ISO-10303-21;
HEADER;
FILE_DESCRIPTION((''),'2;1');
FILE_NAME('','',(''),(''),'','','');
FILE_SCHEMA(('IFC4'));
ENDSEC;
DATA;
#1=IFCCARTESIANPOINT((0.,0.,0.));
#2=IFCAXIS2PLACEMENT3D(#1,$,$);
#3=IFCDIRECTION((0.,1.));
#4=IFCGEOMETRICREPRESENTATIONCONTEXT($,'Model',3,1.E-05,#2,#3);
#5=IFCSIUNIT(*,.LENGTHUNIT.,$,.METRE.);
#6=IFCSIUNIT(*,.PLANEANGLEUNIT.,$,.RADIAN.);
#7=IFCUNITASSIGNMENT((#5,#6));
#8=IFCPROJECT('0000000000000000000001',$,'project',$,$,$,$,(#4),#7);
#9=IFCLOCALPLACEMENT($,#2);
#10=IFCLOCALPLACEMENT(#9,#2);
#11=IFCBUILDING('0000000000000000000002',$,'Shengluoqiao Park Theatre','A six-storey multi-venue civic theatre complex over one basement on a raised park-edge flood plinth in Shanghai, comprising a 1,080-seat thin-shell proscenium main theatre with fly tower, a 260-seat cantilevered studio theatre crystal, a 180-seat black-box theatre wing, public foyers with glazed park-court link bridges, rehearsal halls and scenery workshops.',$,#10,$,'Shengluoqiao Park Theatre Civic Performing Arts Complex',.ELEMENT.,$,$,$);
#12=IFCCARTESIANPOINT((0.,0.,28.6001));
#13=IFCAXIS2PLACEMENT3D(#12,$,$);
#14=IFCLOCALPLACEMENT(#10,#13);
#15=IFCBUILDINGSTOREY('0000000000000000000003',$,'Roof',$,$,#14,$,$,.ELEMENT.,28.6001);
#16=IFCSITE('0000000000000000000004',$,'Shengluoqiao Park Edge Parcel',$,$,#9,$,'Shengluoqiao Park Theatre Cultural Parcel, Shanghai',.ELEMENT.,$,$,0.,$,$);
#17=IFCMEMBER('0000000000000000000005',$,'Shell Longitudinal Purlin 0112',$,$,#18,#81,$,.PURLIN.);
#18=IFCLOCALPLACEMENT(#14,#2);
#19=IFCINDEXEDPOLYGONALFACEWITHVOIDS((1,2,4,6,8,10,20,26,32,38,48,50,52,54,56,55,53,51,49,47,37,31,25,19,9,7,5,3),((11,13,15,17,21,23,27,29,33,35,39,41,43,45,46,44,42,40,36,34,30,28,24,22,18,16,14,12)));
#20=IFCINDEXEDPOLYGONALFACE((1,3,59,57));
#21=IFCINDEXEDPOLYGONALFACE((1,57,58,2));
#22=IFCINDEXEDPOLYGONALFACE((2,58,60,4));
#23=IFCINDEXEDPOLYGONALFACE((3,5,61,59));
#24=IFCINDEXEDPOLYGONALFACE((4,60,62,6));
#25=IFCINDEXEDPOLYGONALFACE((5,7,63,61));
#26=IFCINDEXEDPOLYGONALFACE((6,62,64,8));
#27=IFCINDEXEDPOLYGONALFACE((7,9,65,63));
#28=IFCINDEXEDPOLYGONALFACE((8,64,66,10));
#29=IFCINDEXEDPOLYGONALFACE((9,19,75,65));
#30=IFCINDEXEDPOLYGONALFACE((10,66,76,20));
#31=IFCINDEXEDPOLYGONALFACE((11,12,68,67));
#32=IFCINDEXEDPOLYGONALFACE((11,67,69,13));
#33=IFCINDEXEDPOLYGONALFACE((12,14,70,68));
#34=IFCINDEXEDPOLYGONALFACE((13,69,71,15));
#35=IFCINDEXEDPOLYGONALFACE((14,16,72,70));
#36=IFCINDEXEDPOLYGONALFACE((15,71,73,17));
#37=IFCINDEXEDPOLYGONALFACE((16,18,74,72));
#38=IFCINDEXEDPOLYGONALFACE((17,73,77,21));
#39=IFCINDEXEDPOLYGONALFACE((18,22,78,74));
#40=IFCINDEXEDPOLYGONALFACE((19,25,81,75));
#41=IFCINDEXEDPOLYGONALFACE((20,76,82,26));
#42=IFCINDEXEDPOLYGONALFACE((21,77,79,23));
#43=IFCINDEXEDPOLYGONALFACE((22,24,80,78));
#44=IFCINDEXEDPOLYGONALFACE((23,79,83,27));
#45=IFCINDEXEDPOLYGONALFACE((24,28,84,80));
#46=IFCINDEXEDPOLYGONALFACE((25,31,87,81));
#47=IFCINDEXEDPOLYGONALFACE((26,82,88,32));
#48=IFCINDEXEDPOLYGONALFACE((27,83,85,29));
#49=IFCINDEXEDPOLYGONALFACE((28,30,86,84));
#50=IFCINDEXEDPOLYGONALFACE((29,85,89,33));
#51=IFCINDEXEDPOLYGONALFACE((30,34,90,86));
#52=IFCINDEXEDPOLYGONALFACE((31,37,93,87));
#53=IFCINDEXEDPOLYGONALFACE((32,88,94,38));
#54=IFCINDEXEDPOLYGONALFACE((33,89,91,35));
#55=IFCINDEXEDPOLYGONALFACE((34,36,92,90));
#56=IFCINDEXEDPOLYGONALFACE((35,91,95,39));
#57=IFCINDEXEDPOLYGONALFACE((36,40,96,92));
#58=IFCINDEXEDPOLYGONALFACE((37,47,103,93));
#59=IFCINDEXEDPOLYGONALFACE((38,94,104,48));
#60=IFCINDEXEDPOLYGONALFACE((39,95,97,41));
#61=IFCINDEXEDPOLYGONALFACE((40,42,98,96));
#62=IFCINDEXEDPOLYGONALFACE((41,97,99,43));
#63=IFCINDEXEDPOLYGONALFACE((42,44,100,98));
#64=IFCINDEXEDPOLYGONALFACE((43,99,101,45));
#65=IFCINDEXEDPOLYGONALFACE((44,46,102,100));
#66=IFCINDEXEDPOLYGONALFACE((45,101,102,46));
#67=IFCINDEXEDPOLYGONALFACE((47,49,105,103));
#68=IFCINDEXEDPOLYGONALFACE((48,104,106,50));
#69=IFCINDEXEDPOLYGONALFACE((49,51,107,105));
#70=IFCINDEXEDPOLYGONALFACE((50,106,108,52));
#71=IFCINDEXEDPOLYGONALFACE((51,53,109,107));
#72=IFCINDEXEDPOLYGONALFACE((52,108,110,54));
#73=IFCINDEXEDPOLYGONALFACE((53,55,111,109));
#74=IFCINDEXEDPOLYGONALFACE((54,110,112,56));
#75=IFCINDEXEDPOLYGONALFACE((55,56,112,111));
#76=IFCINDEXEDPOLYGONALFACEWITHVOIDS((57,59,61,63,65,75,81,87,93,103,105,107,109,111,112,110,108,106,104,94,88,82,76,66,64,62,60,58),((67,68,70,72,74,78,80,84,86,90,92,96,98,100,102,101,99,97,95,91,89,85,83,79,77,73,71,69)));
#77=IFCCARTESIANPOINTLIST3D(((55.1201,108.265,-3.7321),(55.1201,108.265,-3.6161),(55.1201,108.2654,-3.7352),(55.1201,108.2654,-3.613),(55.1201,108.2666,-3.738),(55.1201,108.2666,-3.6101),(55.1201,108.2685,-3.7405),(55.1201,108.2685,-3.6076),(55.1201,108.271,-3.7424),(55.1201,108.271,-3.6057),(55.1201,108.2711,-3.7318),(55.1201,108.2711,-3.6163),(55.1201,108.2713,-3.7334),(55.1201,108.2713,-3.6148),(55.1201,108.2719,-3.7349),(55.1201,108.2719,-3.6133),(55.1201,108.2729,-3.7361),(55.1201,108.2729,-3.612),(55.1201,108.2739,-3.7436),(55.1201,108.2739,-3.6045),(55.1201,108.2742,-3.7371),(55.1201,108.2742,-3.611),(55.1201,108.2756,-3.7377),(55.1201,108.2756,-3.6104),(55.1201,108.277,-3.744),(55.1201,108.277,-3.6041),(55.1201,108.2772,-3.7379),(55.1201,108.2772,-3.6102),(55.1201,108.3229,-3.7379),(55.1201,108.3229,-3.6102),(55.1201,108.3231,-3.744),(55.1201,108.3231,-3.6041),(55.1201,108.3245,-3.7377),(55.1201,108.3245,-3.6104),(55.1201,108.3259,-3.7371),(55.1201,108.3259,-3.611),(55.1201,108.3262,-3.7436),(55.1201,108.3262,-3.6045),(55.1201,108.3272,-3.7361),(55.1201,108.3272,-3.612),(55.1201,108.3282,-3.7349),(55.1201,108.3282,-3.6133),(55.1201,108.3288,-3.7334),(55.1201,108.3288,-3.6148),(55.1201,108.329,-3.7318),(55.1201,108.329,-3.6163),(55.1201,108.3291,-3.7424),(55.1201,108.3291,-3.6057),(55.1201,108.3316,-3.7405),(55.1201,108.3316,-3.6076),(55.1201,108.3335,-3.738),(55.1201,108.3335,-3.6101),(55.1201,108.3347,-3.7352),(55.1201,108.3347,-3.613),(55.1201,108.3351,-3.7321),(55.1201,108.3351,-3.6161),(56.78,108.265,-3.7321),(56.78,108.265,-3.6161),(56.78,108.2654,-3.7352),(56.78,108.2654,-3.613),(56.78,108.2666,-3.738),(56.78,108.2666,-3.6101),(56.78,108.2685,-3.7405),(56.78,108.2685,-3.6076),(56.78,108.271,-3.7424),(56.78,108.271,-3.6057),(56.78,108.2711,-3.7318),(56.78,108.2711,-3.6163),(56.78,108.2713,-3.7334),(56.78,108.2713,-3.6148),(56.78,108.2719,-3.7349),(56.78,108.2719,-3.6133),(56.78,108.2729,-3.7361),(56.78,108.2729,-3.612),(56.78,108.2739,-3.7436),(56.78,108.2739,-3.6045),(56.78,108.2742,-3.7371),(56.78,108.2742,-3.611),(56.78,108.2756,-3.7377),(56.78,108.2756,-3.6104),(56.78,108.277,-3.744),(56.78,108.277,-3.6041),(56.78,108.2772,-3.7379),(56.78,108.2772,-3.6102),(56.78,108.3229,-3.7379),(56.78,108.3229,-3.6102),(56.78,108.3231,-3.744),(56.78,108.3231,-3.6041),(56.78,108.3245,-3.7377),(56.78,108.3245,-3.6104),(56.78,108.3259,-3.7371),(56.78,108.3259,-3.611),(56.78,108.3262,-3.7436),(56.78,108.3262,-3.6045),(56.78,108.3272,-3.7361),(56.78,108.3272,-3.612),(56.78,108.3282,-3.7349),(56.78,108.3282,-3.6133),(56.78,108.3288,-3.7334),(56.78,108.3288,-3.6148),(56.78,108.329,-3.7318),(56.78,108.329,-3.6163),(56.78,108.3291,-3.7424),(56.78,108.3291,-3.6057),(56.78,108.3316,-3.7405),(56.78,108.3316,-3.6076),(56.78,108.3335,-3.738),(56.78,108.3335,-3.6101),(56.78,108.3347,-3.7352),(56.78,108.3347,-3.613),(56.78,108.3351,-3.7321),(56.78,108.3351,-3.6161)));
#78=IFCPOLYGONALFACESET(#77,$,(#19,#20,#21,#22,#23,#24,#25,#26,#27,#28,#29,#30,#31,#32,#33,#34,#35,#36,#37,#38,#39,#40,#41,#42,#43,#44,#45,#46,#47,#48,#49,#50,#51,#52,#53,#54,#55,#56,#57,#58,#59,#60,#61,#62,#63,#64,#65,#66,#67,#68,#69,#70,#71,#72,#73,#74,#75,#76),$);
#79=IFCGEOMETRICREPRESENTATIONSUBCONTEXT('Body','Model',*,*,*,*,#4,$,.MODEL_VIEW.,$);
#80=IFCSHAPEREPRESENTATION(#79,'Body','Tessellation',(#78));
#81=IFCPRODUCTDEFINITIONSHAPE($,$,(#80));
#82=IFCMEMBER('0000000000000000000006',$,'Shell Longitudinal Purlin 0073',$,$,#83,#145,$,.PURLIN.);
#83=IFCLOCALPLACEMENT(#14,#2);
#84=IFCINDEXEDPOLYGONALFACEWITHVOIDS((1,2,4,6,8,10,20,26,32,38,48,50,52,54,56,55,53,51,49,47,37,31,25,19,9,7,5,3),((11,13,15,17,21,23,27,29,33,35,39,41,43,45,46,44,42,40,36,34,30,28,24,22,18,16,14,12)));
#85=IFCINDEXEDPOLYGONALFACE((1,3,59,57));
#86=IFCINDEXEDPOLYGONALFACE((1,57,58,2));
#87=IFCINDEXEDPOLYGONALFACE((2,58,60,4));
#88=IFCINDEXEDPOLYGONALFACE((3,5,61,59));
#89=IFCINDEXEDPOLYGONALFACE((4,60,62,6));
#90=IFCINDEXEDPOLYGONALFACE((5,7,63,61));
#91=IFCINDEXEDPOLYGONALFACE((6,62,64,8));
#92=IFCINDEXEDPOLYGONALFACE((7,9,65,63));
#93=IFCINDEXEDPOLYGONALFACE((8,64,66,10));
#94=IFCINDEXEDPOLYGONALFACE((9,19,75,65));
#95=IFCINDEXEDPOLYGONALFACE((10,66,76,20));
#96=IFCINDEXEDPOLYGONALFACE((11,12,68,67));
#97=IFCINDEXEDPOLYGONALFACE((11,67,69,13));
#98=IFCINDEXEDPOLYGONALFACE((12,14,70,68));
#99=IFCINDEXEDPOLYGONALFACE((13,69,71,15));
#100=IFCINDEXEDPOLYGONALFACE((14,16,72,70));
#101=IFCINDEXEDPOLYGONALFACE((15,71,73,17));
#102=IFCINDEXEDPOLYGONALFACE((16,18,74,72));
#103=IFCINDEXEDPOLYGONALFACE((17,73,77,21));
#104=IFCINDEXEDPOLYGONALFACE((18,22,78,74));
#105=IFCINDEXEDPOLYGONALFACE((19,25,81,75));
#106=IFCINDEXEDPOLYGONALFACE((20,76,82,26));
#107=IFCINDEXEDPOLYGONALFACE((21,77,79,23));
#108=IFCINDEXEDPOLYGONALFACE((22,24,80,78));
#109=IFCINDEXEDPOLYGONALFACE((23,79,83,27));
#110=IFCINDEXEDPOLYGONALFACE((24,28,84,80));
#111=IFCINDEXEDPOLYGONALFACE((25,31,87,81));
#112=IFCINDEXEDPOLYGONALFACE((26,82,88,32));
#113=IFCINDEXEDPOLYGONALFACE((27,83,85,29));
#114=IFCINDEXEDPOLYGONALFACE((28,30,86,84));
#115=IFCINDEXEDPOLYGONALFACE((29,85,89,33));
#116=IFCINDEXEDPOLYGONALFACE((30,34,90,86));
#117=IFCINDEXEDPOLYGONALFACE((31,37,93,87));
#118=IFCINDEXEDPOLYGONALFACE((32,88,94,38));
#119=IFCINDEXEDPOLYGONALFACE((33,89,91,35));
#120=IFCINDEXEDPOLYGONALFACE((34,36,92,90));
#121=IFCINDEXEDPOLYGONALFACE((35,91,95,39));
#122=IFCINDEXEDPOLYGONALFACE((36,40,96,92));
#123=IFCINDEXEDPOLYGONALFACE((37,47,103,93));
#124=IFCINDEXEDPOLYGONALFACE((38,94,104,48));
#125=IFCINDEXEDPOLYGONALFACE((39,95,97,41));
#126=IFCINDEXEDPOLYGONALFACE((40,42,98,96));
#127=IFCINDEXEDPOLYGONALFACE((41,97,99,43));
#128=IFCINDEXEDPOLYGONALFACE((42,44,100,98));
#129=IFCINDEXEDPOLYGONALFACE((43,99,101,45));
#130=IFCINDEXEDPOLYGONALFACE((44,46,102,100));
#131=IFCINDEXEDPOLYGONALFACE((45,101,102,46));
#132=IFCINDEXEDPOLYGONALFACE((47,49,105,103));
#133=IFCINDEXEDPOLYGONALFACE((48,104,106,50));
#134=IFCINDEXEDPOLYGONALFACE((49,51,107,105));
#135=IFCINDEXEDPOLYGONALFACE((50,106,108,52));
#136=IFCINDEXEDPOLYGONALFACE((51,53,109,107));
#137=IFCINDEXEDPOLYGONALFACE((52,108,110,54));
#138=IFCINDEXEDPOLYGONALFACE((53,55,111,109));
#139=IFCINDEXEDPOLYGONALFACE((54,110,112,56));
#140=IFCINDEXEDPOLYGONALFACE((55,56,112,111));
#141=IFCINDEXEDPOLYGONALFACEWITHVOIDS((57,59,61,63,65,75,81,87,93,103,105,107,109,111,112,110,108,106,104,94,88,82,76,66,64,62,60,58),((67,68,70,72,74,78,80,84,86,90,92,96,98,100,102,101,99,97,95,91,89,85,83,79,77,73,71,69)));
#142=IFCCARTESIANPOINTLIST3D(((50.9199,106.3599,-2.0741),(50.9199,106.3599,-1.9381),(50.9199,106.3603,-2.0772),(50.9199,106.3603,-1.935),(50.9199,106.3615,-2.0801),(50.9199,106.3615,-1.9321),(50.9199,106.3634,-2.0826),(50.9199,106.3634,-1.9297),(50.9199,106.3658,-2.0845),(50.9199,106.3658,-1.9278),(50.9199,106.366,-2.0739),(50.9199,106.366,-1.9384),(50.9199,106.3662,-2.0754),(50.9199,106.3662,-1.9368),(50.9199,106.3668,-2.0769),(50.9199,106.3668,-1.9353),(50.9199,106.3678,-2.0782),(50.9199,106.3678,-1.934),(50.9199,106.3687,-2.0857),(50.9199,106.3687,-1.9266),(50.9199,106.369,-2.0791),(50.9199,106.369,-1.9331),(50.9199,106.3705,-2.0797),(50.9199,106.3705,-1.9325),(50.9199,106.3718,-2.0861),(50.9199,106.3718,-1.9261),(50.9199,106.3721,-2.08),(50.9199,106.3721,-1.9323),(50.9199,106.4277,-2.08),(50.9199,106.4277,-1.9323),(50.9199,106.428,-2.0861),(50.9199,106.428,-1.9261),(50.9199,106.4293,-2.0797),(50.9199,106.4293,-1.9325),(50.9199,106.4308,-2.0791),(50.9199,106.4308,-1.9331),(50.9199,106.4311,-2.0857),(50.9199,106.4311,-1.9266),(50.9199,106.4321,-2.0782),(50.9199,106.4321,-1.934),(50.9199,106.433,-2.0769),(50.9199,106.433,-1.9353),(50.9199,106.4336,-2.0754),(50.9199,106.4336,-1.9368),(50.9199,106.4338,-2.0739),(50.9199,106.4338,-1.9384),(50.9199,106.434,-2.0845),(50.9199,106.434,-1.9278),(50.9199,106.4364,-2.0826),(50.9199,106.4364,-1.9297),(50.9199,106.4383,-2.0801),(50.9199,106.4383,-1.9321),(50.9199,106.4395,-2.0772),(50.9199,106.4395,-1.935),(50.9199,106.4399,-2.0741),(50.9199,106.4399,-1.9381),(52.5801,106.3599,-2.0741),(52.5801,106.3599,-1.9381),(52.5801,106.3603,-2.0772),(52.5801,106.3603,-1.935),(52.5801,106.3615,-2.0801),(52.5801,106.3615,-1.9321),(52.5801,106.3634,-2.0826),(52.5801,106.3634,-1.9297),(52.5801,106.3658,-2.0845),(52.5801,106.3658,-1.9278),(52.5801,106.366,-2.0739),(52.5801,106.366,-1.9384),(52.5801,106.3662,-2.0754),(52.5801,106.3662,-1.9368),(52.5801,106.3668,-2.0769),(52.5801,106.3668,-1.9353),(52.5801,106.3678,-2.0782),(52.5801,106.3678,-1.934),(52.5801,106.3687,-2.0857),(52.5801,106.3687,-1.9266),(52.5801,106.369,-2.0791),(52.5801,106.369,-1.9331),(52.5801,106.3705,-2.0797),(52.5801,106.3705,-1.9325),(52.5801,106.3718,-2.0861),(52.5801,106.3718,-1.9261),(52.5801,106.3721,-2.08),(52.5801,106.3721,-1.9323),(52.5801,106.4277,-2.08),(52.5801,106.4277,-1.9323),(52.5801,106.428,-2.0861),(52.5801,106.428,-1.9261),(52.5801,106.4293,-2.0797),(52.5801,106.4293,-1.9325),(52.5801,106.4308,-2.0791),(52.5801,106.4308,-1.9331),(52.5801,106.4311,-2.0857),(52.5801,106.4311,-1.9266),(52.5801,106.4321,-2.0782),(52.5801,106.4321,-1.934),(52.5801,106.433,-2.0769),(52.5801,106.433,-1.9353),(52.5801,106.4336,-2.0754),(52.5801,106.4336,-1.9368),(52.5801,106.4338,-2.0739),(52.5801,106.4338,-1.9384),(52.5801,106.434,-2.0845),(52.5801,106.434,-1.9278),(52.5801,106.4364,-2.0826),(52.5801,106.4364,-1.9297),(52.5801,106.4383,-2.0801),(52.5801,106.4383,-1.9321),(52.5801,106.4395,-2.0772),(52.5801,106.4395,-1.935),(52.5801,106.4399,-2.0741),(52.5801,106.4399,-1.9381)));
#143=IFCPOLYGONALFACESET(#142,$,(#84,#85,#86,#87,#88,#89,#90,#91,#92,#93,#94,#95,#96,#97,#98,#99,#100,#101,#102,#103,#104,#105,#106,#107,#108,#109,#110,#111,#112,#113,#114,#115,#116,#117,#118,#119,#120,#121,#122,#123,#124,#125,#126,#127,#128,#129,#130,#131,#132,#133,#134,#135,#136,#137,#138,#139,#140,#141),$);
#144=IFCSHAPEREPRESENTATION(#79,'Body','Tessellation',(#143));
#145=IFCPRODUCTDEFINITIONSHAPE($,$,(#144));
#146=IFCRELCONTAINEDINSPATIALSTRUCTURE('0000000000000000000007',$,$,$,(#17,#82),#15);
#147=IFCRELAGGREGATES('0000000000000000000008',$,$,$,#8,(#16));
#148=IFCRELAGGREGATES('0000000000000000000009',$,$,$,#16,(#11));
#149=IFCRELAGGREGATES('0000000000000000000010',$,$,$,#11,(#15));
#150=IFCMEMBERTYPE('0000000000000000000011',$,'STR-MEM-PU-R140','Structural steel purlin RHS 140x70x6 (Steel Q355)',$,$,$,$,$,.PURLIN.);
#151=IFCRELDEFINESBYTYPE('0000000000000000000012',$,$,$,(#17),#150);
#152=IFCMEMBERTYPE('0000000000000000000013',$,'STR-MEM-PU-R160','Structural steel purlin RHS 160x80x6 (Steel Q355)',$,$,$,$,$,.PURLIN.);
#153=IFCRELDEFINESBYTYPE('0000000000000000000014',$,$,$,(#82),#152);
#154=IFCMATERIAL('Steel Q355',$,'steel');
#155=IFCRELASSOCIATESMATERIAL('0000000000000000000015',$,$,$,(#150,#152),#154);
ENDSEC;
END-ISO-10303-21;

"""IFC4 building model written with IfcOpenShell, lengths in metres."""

from ifc_helpers import new_model, si_unit, direction, frame, origin, origin_2d, place, context, subcontext, project, spatial, hollow_rectangle, extrude, material, material_profile, profile_set, type_object, element, save


model = new_model("IFC4")

# Units and contexts
model_context = context("Model", 3, precision=1e-05, world=origin(), true_north=direction((0.0, 1.0)))
body_context = subcontext(model_context, "Body", "Model", "MODEL_VIEW")
ifc_project = project(units=[si_unit("LENGTHUNIT", "METRE"), si_unit("PLANEANGLEUNIT", "RADIAN")], contexts=[model_context])

# Site, building, storey
site_placement = place(None, origin())
site = spatial("IfcSite", under=ifc_project, at=site_placement, Name="Shengluoqiao Park Edge Parcel", LongName="Shengluoqiao Park Theatre Cultural Parcel, Shanghai", CompositionType="ELEMENT", RefElevation=0.0)
building_placement = place(site_placement, origin())
building = spatial("IfcBuilding", under=site, at=building_placement, Name="Shengluoqiao Park Theatre", Description="A six-storey multi-venue civic theatre complex over one basement on a raised park-edge flood plinth in Shanghai, comprising a 1,080-seat thin-shell proscenium main theatre with fly tower, a 260-seat cantilevered studio theatre crystal, a 180-seat black-box theatre wing, public foyers with glazed park-court link bridges, rehearsal halls and scenery workshops.", LongName="Shengluoqiao Park Theatre Civic Performing Arts Complex", CompositionType="ELEMENT")
storey_placement = place(building_placement, frame((0.0, 0.0, 28.6001)))
storey = spatial("IfcBuildingStorey", under=building, at=storey_placement, Name="Roof", CompositionType="ELEMENT", Elevation=28.6001)

# Members
ifc_material_1 = material(Name="Steel Q355", Category="steel")
ifc_material_profile_1 = material_profile(ifc_material_1, hollow_rectangle(XDim=0.0701, YDim=0.1399, WallThickness=0.0061, InnerFilletRadius=0.0061, OuterFilletRadius=0.012, at=origin_2d()), Name="RHS 140x70x6")
ifc_profile_set_1 = profile_set([ifc_material_profile_1], Name="Steel Q355")
member_type_1 = type_object("IfcMemberType", Name="STR-MEM-PU-R140", Description="Structural steel purlin RHS 140x70x6 (Steel Q355)", PredefinedType="PURLIN", material=ifc_profile_set_1)
for number, where, z_axis, x_axis, name in (
    (1, (55.1201, 108.3, -3.6741), (1.0, 0.0, 0.0), (0.0, 1.0, 0.0), "Shell Longitudinal Purlin 0112"),
):
    element("IfcMember", number, at=place(storey_placement, frame(where, z_axis=z_axis, x_axis=x_axis)), inside=storey, type_object=member_type_1, Name=name, PredefinedType="PURLIN", context=body_context, shape_type="SweptSolid", body=[
        extrude(hollow_rectangle(XDim=0.0701, YDim=0.1399, WallThickness=0.0061, InnerFilletRadius=0.0061, OuterFilletRadius=0.012, at=origin_2d()), origin(), (0.0, 0.0, 1.0), 1.6599),
    ])
ifc_material_profile_2 = material_profile(ifc_material_1, hollow_rectangle(XDim=0.0801, YDim=0.1599, WallThickness=0.0061, InnerFilletRadius=0.0061, OuterFilletRadius=0.012, at=origin_2d()), Name="RHS 160x80x6")
ifc_profile_set_2 = profile_set([ifc_material_profile_2], Name="Steel Q355")
member_type_2 = type_object("IfcMemberType", Name="STR-MEM-PU-R160", Description="Structural steel purlin RHS 160x80x6 (Steel Q355)", PredefinedType="PURLIN", material=ifc_profile_set_2)
member_1_placement = place(storey_placement, frame((50.9199, 106.3999, -2.0061), z_axis=(1.0, 0.0, 0.0), x_axis=(0.0, 1.0, 0.0)))
element("IfcMember", 2, at=member_1_placement, inside=storey, type_object=member_type_2, Name="Shell Longitudinal Purlin 0073", PredefinedType="PURLIN", context=body_context, shape_type="SweptSolid", body=[
    extrude(hollow_rectangle(XDim=0.0801, YDim=0.1599, WallThickness=0.0061, InnerFilletRadius=0.0061, OuterFilletRadius=0.012, at=origin_2d()), origin(), (0.0, 0.0, 1.0), 1.6602),
])

save(model, "model.ifc")
